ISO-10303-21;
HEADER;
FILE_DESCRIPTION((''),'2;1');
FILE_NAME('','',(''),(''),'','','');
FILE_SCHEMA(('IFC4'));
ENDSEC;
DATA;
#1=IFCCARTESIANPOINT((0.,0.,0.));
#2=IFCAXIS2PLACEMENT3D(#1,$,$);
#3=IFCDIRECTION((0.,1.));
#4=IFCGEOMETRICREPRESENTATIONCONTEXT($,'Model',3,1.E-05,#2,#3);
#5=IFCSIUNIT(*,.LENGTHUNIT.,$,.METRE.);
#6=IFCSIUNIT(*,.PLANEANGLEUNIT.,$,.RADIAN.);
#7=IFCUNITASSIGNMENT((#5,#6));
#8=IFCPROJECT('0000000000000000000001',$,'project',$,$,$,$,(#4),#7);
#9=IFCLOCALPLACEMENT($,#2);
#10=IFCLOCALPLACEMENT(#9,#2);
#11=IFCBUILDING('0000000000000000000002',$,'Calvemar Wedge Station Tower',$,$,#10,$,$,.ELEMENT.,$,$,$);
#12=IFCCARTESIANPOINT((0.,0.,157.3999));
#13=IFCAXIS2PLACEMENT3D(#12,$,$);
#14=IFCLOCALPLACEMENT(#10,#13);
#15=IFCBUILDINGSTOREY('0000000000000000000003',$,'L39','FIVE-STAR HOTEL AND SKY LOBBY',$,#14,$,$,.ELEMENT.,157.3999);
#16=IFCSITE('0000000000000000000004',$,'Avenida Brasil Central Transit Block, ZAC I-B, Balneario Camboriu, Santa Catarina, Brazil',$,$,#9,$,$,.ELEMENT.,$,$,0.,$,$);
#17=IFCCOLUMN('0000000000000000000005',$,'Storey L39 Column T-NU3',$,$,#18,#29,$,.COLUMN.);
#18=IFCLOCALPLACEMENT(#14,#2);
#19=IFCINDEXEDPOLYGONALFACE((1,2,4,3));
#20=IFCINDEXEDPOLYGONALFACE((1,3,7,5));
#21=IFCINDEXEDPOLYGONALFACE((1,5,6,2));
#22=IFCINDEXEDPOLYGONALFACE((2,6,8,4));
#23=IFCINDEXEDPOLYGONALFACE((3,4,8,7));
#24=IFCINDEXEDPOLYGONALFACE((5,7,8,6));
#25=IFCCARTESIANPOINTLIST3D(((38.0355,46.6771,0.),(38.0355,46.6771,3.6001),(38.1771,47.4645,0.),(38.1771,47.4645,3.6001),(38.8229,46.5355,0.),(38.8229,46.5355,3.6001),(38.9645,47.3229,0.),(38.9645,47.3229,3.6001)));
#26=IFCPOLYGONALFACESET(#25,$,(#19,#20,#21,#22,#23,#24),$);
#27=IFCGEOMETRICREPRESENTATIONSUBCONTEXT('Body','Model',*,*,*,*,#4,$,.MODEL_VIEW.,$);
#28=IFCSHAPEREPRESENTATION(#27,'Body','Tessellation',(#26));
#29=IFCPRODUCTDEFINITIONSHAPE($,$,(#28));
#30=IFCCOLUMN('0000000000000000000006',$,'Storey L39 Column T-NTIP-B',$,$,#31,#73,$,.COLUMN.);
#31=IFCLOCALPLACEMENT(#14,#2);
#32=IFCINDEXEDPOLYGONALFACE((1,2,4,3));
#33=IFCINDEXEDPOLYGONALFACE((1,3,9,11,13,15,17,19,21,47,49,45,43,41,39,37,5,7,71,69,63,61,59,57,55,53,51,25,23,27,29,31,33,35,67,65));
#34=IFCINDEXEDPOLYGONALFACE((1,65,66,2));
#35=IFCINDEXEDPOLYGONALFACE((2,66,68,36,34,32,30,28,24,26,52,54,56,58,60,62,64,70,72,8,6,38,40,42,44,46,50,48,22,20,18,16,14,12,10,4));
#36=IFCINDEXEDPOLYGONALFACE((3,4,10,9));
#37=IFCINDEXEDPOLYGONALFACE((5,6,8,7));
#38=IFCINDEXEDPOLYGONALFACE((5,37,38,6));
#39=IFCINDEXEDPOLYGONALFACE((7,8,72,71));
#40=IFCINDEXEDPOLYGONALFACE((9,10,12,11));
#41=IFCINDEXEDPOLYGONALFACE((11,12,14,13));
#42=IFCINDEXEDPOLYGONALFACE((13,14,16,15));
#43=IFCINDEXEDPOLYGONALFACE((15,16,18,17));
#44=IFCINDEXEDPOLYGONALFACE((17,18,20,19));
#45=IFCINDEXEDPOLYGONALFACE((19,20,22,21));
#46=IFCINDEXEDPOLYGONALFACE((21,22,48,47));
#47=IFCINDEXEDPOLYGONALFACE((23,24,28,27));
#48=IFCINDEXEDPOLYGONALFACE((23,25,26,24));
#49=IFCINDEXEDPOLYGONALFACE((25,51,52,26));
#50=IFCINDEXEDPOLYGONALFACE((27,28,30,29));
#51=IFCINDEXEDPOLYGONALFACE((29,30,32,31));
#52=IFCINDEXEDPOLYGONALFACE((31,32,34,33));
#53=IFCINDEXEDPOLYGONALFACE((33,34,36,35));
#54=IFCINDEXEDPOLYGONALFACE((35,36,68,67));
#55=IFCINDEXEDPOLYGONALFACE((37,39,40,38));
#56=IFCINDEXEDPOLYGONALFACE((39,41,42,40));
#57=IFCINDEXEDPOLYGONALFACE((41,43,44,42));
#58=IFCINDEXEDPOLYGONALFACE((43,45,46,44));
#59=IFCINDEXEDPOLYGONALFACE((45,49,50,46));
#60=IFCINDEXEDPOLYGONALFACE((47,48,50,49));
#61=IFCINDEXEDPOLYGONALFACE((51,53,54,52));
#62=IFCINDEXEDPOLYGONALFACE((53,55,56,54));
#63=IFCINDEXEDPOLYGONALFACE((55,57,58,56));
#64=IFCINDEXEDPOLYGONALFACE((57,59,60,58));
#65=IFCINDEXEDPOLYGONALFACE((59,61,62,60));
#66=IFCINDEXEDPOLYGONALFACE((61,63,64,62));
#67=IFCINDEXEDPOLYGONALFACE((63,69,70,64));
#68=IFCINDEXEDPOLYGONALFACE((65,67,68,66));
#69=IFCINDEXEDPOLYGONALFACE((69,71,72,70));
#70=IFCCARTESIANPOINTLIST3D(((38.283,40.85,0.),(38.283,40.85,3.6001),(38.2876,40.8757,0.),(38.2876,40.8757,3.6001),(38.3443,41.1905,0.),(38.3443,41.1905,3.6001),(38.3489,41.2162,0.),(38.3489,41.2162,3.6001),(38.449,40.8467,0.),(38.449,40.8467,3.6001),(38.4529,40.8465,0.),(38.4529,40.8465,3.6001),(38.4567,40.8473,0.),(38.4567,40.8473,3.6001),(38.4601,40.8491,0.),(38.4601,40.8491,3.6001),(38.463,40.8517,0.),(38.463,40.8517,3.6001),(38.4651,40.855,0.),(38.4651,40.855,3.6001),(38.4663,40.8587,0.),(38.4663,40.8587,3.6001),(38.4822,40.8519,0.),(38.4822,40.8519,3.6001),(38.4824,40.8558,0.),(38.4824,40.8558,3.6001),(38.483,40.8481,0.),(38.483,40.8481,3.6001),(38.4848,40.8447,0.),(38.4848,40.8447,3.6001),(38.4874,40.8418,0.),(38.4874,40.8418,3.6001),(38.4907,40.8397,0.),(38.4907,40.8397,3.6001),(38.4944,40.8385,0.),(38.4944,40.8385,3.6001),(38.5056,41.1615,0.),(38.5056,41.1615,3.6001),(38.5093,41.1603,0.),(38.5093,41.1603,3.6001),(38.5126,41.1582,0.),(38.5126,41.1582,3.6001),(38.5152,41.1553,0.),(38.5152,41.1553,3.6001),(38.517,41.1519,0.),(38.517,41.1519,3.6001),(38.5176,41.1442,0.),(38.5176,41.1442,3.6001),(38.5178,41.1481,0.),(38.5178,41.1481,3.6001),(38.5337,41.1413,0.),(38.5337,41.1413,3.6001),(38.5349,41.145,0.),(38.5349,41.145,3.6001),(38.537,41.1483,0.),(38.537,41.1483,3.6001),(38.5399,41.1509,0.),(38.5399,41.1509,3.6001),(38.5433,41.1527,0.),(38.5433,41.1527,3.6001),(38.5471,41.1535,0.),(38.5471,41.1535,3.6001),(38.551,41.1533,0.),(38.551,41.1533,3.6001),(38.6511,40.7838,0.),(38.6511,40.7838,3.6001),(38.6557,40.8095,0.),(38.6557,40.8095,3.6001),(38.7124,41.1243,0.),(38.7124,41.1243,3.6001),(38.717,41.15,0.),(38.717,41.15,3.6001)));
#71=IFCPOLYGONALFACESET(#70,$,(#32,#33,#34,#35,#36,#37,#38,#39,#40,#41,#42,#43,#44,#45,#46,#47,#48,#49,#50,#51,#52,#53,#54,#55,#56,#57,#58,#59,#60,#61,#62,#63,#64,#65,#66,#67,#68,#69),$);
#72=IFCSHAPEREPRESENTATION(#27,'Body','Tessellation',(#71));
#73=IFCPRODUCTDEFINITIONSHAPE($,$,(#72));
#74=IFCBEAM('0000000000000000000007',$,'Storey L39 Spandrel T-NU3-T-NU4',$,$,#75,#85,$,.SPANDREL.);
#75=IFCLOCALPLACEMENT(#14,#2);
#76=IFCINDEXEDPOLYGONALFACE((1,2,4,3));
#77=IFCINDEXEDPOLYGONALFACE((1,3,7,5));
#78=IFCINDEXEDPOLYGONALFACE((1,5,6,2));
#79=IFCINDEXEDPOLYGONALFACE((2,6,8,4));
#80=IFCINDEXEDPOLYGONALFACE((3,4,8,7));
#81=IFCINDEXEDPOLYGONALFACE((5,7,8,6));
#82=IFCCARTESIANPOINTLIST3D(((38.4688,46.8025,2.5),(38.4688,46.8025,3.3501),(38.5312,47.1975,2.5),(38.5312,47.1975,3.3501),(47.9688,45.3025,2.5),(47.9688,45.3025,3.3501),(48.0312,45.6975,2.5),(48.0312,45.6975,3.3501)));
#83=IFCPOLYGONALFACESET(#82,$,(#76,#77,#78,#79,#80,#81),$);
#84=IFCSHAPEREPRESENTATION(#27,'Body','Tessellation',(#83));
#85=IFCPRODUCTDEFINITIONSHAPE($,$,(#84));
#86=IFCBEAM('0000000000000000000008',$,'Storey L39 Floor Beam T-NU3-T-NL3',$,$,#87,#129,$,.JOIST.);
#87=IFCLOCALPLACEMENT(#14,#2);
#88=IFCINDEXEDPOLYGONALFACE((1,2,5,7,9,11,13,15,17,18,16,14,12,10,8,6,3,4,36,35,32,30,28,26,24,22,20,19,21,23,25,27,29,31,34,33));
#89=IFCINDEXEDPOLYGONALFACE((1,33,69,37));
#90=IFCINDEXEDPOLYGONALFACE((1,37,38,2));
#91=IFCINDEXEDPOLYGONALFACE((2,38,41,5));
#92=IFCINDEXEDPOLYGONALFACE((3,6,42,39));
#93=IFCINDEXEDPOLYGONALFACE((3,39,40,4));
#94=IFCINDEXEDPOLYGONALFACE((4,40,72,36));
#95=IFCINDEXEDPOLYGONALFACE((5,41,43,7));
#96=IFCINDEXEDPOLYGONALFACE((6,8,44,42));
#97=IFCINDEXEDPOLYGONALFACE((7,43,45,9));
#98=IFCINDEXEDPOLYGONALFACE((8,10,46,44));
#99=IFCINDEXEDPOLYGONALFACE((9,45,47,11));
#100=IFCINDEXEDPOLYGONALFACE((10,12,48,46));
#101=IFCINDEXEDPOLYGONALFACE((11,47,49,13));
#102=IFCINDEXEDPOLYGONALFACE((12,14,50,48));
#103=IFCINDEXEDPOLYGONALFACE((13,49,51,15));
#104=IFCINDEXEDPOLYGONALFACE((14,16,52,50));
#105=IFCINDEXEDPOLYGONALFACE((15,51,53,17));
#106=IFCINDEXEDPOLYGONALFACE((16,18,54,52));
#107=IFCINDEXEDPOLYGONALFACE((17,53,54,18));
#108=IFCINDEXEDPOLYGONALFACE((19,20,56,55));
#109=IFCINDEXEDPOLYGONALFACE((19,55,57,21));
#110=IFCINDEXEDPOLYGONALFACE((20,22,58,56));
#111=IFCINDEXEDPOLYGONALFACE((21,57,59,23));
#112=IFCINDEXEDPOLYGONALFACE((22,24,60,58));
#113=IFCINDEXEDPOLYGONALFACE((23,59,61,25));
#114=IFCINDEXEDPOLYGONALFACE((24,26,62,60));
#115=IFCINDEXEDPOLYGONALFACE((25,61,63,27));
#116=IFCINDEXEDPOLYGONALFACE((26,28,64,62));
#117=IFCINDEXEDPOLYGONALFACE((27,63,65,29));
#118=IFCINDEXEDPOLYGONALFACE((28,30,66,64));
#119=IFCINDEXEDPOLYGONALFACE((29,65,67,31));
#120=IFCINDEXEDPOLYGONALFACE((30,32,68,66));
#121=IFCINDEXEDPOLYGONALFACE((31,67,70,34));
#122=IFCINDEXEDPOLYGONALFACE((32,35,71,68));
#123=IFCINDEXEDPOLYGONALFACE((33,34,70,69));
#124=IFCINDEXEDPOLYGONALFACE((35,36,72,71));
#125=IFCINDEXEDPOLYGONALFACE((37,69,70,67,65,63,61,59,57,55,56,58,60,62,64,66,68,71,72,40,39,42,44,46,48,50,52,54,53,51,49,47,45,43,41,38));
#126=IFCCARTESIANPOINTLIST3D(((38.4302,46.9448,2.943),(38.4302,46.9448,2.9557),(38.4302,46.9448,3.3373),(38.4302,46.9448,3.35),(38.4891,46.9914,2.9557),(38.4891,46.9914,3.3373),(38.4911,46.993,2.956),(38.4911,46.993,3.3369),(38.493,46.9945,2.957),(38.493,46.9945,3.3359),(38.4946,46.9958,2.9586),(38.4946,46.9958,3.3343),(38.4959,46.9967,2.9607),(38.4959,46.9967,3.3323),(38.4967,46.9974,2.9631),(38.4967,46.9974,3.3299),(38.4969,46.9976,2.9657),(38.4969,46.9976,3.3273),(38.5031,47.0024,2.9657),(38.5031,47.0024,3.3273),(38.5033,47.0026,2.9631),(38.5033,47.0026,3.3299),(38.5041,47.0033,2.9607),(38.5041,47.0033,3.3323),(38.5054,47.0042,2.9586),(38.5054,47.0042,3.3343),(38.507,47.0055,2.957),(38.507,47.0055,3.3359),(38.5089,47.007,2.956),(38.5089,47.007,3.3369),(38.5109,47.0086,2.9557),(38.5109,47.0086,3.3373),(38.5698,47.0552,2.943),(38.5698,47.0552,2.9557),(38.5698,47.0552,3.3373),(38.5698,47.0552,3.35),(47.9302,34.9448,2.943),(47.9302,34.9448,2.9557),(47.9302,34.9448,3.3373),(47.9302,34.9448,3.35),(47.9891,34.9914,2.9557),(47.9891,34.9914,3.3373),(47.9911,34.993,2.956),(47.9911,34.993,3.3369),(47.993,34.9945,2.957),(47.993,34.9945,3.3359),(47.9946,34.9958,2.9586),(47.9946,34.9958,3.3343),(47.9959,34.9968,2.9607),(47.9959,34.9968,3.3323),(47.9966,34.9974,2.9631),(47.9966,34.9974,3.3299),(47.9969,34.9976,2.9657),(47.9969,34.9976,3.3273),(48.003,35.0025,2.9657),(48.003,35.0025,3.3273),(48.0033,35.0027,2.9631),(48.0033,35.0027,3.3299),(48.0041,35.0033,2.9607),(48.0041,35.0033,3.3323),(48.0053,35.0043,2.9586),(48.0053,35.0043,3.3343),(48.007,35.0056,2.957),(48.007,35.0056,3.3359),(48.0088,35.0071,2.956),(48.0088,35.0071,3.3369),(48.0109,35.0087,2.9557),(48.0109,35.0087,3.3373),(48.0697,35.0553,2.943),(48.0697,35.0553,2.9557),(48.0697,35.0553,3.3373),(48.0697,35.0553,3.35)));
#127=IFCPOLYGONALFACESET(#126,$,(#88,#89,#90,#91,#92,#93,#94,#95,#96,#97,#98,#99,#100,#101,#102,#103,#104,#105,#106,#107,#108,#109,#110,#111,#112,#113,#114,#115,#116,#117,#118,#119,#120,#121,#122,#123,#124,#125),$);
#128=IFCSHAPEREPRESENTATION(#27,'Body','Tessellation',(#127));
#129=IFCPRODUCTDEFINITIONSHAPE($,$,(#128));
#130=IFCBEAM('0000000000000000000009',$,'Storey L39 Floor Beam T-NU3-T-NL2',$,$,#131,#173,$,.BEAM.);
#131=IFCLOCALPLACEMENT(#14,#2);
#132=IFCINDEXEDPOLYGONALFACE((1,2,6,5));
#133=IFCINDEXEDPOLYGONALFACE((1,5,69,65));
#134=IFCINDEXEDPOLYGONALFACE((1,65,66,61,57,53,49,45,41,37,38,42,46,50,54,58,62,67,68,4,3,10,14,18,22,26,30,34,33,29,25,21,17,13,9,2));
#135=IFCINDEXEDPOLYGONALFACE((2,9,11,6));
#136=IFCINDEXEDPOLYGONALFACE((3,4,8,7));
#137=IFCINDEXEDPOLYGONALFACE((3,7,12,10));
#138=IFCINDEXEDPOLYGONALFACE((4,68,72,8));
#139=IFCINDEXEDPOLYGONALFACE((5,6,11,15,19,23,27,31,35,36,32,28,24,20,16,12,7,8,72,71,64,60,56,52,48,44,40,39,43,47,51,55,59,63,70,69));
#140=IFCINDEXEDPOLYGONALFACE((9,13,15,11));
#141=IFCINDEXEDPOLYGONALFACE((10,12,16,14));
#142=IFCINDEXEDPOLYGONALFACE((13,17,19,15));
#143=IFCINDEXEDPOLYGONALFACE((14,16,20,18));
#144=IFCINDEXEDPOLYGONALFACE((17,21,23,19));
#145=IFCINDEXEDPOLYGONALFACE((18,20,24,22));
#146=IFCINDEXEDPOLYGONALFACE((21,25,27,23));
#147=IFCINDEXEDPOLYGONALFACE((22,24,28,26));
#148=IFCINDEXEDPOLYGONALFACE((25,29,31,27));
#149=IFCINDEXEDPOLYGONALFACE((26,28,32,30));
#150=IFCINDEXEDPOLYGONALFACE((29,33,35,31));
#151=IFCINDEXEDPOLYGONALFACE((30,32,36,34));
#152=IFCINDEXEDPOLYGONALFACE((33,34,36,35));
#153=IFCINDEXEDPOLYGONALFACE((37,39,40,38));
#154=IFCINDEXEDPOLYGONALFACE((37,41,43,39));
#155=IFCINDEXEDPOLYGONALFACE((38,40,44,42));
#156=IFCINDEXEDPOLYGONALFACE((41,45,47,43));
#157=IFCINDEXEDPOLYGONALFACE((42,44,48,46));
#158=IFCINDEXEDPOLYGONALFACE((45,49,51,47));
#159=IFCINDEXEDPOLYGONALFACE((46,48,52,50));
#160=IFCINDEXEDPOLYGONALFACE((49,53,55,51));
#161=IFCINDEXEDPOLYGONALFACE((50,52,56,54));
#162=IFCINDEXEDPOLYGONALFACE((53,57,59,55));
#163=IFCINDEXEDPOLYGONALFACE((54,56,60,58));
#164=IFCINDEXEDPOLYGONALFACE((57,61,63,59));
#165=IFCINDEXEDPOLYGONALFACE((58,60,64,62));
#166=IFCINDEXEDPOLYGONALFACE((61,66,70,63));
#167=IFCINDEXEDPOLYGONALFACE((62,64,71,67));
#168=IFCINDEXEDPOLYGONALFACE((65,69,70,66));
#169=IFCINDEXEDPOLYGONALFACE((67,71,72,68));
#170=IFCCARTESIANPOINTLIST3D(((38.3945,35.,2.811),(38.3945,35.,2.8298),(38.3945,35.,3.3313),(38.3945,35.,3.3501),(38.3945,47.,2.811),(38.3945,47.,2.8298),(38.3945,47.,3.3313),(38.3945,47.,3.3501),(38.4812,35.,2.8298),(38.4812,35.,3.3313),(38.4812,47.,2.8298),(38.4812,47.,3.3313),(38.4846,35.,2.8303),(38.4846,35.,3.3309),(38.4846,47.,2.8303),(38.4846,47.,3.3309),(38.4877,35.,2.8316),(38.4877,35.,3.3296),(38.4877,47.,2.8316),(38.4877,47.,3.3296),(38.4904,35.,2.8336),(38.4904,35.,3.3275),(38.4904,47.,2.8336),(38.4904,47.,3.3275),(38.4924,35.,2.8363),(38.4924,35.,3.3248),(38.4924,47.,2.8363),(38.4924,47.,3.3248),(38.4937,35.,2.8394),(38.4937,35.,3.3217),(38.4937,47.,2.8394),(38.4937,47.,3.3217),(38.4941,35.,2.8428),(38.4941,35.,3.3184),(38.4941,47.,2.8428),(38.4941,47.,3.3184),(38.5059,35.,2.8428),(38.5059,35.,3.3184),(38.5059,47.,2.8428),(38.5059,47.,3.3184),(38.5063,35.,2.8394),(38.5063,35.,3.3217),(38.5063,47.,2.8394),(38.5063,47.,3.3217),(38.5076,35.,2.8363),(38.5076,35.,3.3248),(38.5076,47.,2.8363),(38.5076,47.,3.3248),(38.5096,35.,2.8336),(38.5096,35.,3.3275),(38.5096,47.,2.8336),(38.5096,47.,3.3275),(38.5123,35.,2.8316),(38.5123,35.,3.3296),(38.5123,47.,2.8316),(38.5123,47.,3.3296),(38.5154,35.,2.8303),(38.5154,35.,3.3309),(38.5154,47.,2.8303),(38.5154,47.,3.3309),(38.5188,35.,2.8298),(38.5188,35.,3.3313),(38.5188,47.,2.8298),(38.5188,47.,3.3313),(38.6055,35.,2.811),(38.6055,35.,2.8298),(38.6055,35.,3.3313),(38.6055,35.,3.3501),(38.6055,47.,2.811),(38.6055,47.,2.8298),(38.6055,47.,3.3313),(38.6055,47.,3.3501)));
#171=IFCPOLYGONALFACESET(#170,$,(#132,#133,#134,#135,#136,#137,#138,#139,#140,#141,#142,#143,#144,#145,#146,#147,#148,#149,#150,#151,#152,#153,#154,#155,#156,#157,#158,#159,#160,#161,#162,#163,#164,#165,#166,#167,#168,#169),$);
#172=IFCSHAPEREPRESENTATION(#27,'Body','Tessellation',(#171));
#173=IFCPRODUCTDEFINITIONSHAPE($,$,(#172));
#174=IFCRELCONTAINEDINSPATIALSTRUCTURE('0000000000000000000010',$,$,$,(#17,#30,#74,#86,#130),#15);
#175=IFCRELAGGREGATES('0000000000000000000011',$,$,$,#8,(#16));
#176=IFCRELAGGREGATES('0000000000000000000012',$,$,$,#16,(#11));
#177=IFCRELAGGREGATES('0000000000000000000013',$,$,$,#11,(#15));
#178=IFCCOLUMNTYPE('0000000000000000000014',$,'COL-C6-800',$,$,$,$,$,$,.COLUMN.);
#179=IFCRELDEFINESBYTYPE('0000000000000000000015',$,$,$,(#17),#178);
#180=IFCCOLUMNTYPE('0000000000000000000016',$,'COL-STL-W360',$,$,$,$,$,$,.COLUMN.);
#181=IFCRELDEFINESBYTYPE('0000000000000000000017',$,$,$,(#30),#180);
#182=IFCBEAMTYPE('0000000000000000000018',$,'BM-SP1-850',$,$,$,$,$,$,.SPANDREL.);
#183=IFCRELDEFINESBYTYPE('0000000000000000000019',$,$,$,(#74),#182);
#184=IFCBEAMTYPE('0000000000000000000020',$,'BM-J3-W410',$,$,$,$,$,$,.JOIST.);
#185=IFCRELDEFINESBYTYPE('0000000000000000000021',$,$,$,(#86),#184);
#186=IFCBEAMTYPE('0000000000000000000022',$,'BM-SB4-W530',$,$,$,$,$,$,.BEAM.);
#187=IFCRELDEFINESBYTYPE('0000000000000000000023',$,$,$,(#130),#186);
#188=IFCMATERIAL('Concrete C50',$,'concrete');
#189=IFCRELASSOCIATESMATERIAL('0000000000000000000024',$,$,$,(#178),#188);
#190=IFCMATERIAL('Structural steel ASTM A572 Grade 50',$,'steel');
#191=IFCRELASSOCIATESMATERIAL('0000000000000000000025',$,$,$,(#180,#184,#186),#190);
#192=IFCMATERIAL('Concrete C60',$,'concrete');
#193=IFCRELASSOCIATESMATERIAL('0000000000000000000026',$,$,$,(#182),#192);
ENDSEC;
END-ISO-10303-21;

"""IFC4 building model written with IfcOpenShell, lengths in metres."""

from ifc_helpers import new_model, si_unit, direction, frame, origin, origin_2d, place, context, subcontext, project, spatial, rectangle, i_section, extrude, source, transform, mapped, material, material_profile, profile_set, type_object, element, save


model = new_model("IFC4")

# Units and contexts
model_context = context("Model", 3, precision=1e-05, world=origin(), true_north=direction((0.0, 1.0)))
body_context = subcontext(model_context, "Body", "Model", "MODEL_VIEW")
ifc_project = project(units=[si_unit("LENGTHUNIT", "METRE"), si_unit("PLANEANGLEUNIT", "RADIAN")], contexts=[model_context])

# Site, building, storey
site_placement = place(None, origin())
site = spatial("IfcSite", under=ifc_project, at=site_placement, Name="Avenida Brasil Central Transit Block, ZAC I-B, Balneario Camboriu, Santa Catarina, Brazil", CompositionType="ELEMENT", RefElevation=0.0)
building_placement = place(site_placement, origin())
building = spatial("IfcBuilding", under=site, at=building_placement, Name="Calvemar Wedge Station Tower", CompositionType="ELEMENT")
storey_placement = place(building_placement, frame((0.0, 0.0, 157.3999)))
storey = spatial("IfcBuildingStorey", under=building, at=storey_placement, Name="L39", Description="FIVE-STAR HOTEL AND SKY LOBBY", CompositionType="ELEMENT", Elevation=157.3999)

# Columns
ifc_material_1 = material(Name="Concrete C50", Category="concrete")
ifc_material_profile_1 = material_profile(ifc_material_1, rectangle(XDim=0.8, YDim=0.8, at=origin_2d()), Name="RC800x800")
ifc_profile_set_1 = profile_set([ifc_material_profile_1], Name="Concrete C50")
column_type_1 = type_object("IfcColumnType", Name="COL-C6-800", PredefinedType="COLUMN", material=ifc_profile_set_1)
shared_shape_1 = source(origin(), body_context, "Body", "SweptSolid", [
    extrude(rectangle(XDim=0.8, YDim=0.8, at=origin_2d()), origin(), (0.0, 0.0, 1.0), 3.6001),
])
column_1_placement = place(storey_placement, frame((38.5, 47.0, 0.0), z_axis=(0.0, 0.0, 1.0), x_axis=(0.984196, -0.177085, 0.0)))
element("IfcColumn", 1, at=column_1_placement, inside=storey, type_object=column_type_1, Name="Storey L39 Column T-NU3", PredefinedType="COLUMN", context=body_context, shape_type="MappedRepresentation", body=[
    mapped(shared_shape_1, transform((0.0, 0.0, 0.0), scale=1.0)),
])
ifc_material_2 = material(Name="Structural steel ASTM A572 Grade 50", Category="steel")
ifc_material_profile_2 = material_profile(ifc_material_2, i_section(OverallWidth=0.374, OverallDepth=0.3721, WebThickness=0.0164, FlangeThickness=0.0261, FilletRadius=0.0149, at=origin_2d()), Name="W360x196")
ifc_profile_set_2 = profile_set([ifc_material_profile_2], Name="Structural steel ASTM A572 Grade 50")
column_type_2 = type_object("IfcColumnType", Name="COL-STL-W360", PredefinedType="COLUMN", material=ifc_profile_set_2)
shared_shape_2 = source(origin(), body_context, "Body", "SweptSolid", [
    extrude(i_section(OverallWidth=0.374, OverallDepth=0.3721, WebThickness=0.0164, FlangeThickness=0.0261, FilletRadius=0.0149, at=origin_2d()), origin(), (0.0, 0.0, 1.0), 3.6001),
])
column_2_placement = place(storey_placement, frame((38.5, 41.0, 0.0), z_axis=(0.0, 0.0, 1.0), x_axis=(0.984196, -0.177085, 0.0)))
element("IfcColumn", 2, at=column_2_placement, inside=storey, type_object=column_type_2, Name="Storey L39 Column T-NTIP-B", PredefinedType="COLUMN", context=body_context, shape_type="MappedRepresentation", body=[
    mapped(shared_shape_2, transform((0.0, 0.0, 0.0), scale=1.0)),
])

# Beams
ifc_material_3 = material(Name="Concrete C60", Category="concrete")
ifc_material_profile_3 = material_profile(ifc_material_3, rectangle(XDim=0.3999, YDim=0.8501, at=origin_2d()), Name="RC400x850")
ifc_profile_set_3 = profile_set([ifc_material_profile_3], Name="Concrete C60")
beam_type_1 = type_object("IfcBeamType", Name="BM-SP1-850", PredefinedType="SPANDREL", material=ifc_profile_set_3)
shared_shape_3 = source(origin(), body_context, "Body", "SweptSolid", [
    extrude(rectangle(XDim=0.3999, YDim=0.8501, at=origin_2d()), origin(), (0.0, 0.0, 1.0), 9.6177),
])
beam_1_placement = place(storey_placement, frame((38.5, 47.0, 2.925), z_axis=(0.987763, -0.155963, 0.0), x_axis=(0.155963, 0.987763, 0.0)))
element("IfcBeam", 3, at=beam_1_placement, inside=storey, type_object=beam_type_1, Name="Storey L39 Spandrel T-NU3-T-NU4", PredefinedType="SPANDREL", context=body_context, shape_type="MappedRepresentation", body=[
    mapped(shared_shape_3, transform((0.0, 0.0, 0.0), scale=1.0)),
])
ifc_material_profile_4 = material_profile(ifc_material_2, i_section(OverallWidth=0.178, OverallDepth=0.407, WebThickness=0.0078, FlangeThickness=0.0127, FilletRadius=0.01, at=origin_2d()), Name="W410x60")
ifc_profile_set_4 = profile_set([ifc_material_profile_4], Name="Structural steel ASTM A572 Grade 50")
beam_type_2 = type_object("IfcBeamType", Name="BM-J3-W410", PredefinedType="JOIST", material=ifc_profile_set_4)
shared_shape_4 = source(origin(), body_context, "Body", "SweptSolid", [
    extrude(i_section(OverallWidth=0.178, OverallDepth=0.407, WebThickness=0.0078, FlangeThickness=0.0127, FilletRadius=0.01, at=origin_2d()), origin(), (0.0, 0.0, 1.0), 15.3052),
])
beam_2_placement = place(storey_placement, frame((38.5, 47.0, 3.1465), z_axis=(0.620703, -0.784046, 0.0), x_axis=(0.784046, 0.620703, 0.0)))
element("IfcBeam", 4, at=beam_2_placement, inside=storey, type_object=beam_type_2, Name="Storey L39 Floor Beam T-NU3-T-NL3", PredefinedType="JOIST", context=body_context, shape_type="MappedRepresentation", body=[
    mapped(shared_shape_4, transform((0.0, 0.0, 0.0), scale=1.0)),
])
ifc_material_profile_5 = material_profile(ifc_material_2, i_section(OverallWidth=0.2109, OverallDepth=0.5391, WebThickness=0.0117, FlangeThickness=0.0188, FilletRadius=0.0129, at=origin_2d()), Name="W530x109")
ifc_profile_set_5 = profile_set([ifc_material_profile_5], Name="Structural steel ASTM A572 Grade 50")
beam_type_3 = type_object("IfcBeamType", Name="BM-SB4-W530", PredefinedType="BEAM", material=ifc_profile_set_5)
shared_shape_5 = source(origin(), body_context, "Body", "SweptSolid", [
    extrude(i_section(OverallWidth=0.2109, OverallDepth=0.5391, WebThickness=0.0117, FlangeThickness=0.0188, FilletRadius=0.0129, at=origin_2d()), origin(), (0.0, 0.0, 1.0), 12.0),
])
beam_3_placement = place(storey_placement, frame((38.5, 47.0, 3.0806), z_axis=(0.0, -1.0, 0.0), x_axis=(1.0, 0.0, 0.0)))
element("IfcBeam", 5, at=beam_3_placement, inside=storey, type_object=beam_type_3, Name="Storey L39 Floor Beam T-NU3-T-NL2", PredefinedType="BEAM", context=body_context, shape_type="MappedRepresentation", body=[
    mapped(shared_shape_5, transform((0.0, 0.0, 0.0), scale=1.0)),
])

save(model, "model.ifc")
